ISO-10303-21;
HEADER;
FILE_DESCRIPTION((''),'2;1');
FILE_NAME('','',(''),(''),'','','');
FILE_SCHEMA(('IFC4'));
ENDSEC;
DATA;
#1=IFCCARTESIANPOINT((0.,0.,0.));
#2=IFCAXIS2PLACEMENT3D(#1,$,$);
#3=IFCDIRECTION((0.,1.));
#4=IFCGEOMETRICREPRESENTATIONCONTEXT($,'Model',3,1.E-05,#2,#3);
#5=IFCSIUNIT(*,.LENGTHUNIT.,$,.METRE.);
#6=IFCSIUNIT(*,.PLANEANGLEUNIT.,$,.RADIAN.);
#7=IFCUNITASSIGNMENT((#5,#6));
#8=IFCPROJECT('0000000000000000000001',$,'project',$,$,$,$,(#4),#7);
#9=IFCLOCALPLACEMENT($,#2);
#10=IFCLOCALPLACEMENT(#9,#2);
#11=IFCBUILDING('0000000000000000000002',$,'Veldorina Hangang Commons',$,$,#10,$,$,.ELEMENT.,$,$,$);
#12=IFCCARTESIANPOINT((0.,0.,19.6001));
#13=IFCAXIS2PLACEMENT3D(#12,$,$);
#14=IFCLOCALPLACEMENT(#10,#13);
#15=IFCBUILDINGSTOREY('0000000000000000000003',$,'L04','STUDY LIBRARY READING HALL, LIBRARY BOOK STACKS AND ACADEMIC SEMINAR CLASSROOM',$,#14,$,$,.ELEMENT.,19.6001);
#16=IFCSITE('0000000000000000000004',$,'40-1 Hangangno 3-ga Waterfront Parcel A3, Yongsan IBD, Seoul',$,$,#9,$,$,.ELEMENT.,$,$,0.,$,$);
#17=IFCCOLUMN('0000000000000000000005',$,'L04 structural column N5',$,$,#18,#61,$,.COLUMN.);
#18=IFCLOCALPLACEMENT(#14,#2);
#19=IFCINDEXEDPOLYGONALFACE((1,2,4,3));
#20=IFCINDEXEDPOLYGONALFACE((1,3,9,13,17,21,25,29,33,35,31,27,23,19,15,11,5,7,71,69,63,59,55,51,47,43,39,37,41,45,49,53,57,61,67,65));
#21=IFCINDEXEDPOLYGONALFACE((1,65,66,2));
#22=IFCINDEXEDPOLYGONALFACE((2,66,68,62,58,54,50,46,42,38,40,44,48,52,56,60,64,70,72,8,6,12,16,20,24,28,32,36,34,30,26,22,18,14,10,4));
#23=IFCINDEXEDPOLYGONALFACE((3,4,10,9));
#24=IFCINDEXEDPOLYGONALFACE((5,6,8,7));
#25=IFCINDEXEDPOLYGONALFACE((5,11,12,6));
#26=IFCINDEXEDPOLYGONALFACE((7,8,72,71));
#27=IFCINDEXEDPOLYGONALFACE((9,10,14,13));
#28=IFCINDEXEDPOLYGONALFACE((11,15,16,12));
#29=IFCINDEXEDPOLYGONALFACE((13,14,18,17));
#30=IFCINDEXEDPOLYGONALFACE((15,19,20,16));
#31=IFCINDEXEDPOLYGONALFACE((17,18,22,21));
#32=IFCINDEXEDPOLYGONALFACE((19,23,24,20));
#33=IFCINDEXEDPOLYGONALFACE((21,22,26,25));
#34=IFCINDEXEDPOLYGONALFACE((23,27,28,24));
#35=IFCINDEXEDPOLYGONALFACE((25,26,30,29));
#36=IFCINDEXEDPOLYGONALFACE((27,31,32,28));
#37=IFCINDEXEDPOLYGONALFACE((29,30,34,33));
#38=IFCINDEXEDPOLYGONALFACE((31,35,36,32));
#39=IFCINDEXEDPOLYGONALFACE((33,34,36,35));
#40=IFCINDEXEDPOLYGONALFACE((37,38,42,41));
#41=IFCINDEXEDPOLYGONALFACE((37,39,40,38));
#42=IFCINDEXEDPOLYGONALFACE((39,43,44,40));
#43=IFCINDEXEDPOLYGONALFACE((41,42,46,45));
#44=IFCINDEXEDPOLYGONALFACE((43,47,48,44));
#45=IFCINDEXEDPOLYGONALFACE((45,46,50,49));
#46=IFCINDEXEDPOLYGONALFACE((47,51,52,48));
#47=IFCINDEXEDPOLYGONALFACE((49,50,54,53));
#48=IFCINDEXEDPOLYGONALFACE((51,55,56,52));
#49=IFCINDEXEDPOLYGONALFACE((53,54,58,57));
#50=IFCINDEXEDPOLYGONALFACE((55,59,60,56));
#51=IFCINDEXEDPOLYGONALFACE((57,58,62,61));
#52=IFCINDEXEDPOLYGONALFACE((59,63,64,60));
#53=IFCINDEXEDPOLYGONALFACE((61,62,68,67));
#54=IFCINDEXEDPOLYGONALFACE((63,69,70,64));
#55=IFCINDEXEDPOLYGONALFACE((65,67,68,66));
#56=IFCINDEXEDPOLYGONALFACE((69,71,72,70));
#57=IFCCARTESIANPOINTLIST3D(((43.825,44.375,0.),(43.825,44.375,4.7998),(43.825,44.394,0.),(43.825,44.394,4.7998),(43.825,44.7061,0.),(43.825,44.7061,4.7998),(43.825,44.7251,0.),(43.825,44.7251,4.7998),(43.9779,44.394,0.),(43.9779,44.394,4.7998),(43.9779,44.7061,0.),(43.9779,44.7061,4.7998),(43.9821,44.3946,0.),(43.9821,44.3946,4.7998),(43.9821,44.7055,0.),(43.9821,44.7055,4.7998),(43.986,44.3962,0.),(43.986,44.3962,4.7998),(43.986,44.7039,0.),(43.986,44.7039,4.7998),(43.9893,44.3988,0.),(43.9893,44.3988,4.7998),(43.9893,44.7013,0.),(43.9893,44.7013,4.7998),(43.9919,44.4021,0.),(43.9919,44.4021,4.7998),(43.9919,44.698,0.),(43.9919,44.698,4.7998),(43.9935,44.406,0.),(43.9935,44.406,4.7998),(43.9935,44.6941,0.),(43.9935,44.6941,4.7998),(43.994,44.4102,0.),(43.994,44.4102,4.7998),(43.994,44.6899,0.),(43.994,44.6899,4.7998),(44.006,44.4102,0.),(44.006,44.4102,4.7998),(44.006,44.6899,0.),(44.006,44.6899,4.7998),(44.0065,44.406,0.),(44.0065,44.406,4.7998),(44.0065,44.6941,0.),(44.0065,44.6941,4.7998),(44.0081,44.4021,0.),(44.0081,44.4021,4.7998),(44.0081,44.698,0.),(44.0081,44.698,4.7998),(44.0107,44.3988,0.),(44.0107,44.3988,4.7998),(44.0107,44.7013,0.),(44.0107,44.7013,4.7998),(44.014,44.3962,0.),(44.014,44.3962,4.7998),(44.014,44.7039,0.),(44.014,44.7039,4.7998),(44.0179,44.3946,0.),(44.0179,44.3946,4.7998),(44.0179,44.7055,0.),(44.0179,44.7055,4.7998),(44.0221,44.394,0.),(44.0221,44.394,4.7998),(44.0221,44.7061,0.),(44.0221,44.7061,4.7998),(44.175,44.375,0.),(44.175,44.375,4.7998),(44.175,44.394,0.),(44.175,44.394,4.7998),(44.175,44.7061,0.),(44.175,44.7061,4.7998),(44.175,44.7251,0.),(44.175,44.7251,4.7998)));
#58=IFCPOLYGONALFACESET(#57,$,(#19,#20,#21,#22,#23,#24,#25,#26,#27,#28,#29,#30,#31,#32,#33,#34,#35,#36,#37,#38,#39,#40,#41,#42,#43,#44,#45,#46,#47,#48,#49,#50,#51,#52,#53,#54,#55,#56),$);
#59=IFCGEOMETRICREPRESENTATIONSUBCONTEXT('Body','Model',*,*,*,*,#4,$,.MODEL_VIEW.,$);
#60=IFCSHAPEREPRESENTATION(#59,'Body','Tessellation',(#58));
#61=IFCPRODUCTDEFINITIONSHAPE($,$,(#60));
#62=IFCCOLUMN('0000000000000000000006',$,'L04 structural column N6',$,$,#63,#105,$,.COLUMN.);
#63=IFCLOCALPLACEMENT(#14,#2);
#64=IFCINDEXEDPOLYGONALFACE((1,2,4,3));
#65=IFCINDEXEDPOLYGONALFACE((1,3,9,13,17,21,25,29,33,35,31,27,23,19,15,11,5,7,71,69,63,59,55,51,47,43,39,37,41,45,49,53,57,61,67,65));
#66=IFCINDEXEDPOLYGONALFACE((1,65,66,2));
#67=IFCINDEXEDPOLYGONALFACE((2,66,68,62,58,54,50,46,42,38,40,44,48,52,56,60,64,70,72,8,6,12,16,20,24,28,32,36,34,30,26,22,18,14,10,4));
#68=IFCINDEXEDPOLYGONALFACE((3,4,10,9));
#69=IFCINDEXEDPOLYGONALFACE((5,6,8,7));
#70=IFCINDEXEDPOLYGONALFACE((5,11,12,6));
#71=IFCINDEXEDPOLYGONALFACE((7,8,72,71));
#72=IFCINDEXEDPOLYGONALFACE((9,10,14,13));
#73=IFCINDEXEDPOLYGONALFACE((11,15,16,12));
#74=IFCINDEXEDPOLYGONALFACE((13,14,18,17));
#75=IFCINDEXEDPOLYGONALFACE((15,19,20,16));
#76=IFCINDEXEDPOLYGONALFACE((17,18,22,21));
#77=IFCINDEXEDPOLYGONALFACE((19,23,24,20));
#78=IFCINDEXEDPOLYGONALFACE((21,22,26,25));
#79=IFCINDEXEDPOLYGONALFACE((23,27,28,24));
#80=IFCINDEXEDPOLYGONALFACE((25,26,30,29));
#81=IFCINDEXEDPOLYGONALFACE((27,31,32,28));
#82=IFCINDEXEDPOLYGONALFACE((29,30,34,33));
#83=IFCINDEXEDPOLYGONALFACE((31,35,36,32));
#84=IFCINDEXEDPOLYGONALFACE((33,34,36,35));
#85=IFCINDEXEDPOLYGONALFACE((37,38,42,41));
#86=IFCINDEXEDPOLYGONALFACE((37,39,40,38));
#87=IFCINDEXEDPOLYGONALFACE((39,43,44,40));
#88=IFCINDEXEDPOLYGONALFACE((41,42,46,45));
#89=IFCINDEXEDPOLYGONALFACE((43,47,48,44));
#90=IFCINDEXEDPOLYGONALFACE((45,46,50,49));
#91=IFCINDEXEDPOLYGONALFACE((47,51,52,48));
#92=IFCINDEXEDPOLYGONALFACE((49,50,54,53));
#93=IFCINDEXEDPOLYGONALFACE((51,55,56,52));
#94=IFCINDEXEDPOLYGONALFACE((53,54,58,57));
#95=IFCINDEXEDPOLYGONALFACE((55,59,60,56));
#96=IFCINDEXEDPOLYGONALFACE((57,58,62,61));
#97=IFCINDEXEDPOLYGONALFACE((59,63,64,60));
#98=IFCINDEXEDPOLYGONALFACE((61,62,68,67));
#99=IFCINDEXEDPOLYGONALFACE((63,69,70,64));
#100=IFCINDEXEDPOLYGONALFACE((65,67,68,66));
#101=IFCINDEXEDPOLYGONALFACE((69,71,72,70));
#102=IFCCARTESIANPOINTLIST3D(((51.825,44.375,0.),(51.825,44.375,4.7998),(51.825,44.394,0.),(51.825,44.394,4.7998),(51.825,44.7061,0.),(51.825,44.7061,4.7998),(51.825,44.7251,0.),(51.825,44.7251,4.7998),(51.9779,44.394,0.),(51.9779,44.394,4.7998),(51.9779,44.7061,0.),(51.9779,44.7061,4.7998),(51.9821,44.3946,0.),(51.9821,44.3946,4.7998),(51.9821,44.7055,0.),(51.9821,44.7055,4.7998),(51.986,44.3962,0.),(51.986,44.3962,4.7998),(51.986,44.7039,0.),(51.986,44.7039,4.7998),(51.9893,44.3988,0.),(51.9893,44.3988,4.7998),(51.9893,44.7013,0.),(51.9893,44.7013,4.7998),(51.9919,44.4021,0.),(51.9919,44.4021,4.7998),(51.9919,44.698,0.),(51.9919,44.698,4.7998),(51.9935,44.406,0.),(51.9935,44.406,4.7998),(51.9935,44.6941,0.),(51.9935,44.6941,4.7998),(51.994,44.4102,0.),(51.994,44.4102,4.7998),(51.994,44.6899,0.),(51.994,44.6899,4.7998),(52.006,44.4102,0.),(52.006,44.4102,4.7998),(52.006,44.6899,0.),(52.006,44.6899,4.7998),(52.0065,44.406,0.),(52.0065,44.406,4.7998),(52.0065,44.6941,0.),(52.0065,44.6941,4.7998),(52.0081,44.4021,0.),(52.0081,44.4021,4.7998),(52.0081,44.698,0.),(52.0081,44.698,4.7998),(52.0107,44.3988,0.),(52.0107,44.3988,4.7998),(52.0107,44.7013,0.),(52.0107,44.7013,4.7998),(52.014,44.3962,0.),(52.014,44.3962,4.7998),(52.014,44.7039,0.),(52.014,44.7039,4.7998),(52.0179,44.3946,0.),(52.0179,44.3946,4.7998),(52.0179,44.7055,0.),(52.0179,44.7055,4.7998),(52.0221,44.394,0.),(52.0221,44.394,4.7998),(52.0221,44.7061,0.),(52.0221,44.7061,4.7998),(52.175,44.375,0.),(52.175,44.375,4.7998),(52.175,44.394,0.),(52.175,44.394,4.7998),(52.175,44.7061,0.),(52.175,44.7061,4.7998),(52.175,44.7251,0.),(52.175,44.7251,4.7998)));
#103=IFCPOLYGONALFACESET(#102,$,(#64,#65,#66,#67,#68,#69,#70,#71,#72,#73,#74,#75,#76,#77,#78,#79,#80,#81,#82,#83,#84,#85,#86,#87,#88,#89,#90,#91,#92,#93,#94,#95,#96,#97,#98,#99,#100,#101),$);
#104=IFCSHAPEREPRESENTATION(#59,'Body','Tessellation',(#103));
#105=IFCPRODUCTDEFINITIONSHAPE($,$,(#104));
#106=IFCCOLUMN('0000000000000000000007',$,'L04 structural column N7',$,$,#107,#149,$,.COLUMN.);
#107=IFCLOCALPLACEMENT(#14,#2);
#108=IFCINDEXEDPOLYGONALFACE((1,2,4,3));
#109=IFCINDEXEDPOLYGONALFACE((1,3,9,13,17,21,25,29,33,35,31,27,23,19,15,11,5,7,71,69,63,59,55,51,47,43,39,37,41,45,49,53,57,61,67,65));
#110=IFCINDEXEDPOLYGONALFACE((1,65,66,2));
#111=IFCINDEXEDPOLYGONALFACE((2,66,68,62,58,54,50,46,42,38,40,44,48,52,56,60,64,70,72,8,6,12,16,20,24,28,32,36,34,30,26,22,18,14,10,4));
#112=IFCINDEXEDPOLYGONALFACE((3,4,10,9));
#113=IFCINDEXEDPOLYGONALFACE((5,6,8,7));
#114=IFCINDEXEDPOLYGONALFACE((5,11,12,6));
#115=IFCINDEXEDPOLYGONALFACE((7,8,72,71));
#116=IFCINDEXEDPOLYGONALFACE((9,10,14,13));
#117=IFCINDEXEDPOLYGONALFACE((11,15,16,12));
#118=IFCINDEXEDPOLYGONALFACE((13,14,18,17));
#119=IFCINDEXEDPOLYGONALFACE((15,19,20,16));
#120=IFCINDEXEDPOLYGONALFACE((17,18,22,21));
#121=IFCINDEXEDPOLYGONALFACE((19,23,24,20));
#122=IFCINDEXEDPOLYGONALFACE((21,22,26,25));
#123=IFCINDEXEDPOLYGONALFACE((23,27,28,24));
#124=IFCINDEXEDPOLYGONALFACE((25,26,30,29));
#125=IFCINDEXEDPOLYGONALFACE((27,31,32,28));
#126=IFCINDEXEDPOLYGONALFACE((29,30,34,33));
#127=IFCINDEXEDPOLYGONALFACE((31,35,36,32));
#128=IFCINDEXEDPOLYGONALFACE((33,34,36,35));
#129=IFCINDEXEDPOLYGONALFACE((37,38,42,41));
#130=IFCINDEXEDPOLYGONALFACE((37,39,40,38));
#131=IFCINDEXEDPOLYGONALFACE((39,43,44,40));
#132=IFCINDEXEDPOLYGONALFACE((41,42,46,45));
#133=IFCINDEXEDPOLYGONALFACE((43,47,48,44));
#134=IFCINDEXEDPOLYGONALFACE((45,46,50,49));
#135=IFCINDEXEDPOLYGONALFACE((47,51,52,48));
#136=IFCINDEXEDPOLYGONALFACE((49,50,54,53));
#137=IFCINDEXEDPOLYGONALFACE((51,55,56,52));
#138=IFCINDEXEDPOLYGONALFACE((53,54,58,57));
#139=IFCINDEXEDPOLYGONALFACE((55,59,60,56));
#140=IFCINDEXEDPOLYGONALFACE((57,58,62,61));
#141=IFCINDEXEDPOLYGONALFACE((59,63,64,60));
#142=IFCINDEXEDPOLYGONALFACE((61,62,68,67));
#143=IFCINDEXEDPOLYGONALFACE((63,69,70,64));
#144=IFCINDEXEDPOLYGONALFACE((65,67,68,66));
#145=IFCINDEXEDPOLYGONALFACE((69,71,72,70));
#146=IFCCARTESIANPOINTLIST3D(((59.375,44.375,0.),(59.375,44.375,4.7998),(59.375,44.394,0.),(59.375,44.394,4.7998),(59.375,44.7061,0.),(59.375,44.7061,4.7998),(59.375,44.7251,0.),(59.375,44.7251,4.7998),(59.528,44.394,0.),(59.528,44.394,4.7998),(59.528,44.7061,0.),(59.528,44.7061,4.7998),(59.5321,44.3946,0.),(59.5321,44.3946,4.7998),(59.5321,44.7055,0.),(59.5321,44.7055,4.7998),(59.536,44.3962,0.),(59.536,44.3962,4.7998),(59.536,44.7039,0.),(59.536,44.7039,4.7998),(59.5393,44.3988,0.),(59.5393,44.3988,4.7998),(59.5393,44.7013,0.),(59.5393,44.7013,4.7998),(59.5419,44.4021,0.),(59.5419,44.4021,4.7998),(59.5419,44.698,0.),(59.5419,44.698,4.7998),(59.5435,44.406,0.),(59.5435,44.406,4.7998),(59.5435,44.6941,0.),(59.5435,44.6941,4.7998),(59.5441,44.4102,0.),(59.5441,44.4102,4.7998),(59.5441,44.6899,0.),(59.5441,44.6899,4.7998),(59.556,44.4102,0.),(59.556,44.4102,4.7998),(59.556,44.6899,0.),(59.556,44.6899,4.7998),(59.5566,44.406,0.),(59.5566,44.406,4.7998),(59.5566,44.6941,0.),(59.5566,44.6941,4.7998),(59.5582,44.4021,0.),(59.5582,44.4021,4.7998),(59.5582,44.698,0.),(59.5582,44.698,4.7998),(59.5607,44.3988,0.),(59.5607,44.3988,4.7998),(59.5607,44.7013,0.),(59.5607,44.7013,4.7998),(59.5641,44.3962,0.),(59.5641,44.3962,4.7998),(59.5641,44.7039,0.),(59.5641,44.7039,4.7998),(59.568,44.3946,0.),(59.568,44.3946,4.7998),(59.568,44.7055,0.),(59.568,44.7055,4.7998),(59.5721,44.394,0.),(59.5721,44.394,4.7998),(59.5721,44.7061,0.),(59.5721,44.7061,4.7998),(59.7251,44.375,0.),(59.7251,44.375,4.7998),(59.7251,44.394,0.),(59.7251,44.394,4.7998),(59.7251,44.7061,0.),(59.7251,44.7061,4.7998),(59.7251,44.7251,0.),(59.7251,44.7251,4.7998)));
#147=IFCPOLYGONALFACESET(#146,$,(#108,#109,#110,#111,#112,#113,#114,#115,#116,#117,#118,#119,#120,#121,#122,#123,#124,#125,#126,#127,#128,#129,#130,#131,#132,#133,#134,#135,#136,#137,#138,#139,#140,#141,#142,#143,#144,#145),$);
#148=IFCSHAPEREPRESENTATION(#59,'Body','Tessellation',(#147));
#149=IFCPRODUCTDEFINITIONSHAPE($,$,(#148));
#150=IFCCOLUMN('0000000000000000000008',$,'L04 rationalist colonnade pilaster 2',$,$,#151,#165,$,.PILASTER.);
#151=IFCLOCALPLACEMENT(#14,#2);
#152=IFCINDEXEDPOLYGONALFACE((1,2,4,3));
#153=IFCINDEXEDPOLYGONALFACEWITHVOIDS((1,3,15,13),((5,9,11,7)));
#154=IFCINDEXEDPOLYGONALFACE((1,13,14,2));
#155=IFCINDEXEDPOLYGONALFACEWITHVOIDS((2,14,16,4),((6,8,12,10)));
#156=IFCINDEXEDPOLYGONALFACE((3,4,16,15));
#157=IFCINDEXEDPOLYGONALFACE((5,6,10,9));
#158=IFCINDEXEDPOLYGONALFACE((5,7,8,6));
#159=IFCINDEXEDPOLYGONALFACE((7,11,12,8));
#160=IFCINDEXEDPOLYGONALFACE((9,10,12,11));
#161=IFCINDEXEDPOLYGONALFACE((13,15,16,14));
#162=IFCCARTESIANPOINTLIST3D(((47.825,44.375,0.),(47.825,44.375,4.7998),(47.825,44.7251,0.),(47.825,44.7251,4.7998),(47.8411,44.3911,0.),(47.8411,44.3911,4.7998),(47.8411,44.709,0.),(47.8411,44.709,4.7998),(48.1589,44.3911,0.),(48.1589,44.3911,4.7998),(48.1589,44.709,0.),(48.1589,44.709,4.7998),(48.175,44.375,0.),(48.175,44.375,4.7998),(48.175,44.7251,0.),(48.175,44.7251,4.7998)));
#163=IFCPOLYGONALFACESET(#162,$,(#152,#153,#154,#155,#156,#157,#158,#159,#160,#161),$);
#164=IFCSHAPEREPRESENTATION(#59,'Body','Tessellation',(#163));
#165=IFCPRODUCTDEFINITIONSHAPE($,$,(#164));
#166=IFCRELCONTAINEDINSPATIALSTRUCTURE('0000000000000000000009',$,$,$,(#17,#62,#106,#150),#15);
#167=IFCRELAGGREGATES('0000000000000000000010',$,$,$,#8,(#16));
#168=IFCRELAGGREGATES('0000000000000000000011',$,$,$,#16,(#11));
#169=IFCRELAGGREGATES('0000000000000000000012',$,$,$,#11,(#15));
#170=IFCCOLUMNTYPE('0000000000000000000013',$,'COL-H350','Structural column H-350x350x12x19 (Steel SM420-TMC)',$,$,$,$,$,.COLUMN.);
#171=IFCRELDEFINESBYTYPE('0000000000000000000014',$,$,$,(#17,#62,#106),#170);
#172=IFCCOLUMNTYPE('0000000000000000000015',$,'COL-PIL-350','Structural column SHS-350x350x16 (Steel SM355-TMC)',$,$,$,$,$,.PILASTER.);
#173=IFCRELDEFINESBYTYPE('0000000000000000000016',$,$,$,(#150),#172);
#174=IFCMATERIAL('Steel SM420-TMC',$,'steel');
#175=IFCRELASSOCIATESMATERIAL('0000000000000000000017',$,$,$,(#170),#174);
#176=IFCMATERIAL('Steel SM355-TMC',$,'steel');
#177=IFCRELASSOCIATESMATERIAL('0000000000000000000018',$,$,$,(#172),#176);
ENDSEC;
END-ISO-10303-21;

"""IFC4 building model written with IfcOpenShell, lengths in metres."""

from ifc_helpers import new_model, si_unit, direction, frame, origin, origin_2d, place, context, subcontext, project, spatial, hollow_rectangle, i_section, extrude, material, material_profile, profile_set, type_object, element, save


model = new_model("IFC4")

# Units and contexts
model_context = context("Model", 3, precision=1e-05, world=origin(), true_north=direction((0.0, 1.0)))
body_context = subcontext(model_context, "Body", "Model", "MODEL_VIEW")
ifc_project = project(units=[si_unit("LENGTHUNIT", "METRE"), si_unit("PLANEANGLEUNIT", "RADIAN")], contexts=[model_context])

# Site, building, storey
site_placement = place(None, origin())
site = spatial("IfcSite", under=ifc_project, at=site_placement, Name="40-1 Hangangno 3-ga Waterfront Parcel A3, Yongsan IBD, Seoul", CompositionType="ELEMENT", RefElevation=0.0)
building_placement = place(site_placement, origin())
building = spatial("IfcBuilding", under=site, at=building_placement, Name="Veldorina Hangang Commons", CompositionType="ELEMENT")
storey_placement = place(building_placement, frame((0.0, 0.0, 19.6001)))
storey = spatial("IfcBuildingStorey", under=building, at=storey_placement, Name="L04", Description="STUDY LIBRARY READING HALL, LIBRARY BOOK STACKS AND ACADEMIC SEMINAR CLASSROOM", CompositionType="ELEMENT", Elevation=19.6001)

# Columns
ifc_material_1 = material(Name="Steel SM420-TMC", Category="steel")
ifc_material_profile_1 = material_profile(ifc_material_1, i_section(OverallWidth=0.3501, OverallDepth=0.3501, WebThickness=0.012, FlangeThickness=0.019, FilletRadius=0.0161, at=origin_2d()), Name="H-350x350x12x19")
ifc_profile_set_1 = profile_set([ifc_material_profile_1], Name="Steel SM420-TMC")
column_type_1 = type_object("IfcColumnType", Name="COL-H350", Description="Structural column H-350x350x12x19 (Steel SM420-TMC)", PredefinedType="COLUMN", material=ifc_profile_set_1)
for number, where, z_axis, x_axis, name in (
    (1, (44.0, 44.55, 0.0), (0.0, 0.0, 1.0), (1.0, 0.0, 0.0), "L04 structural column N5"),
    (2, (52.0, 44.55, 0.0), (0.0, 0.0, 1.0), (1.0, 0.0, 0.0), "L04 structural column N6"),
    (3, (59.55, 44.55, 0.0), (0.0, 0.0, 1.0), (1.0, 0.0, 0.0), "L04 structural column N7"),
):
    element("IfcColumn", number, at=place(storey_placement, frame(where, z_axis=z_axis, x_axis=x_axis)), inside=storey, type_object=column_type_1, Name=name, PredefinedType="COLUMN", context=body_context, shape_type="SweptSolid", body=[
        extrude(i_section(OverallWidth=0.3501, OverallDepth=0.3501, WebThickness=0.012, FlangeThickness=0.019, FilletRadius=0.0161, at=origin_2d()), origin(), (0.0, 0.0, 1.0), 4.7998),
    ])
ifc_material_2 = material(Name="Steel SM355-TMC", Category="steel")
ifc_material_profile_2 = material_profile(ifc_material_2, hollow_rectangle(XDim=0.3501, YDim=0.3501, WallThickness=0.0161, at=origin_2d()), Name="SHS-350x350x16")
ifc_profile_set_2 = profile_set([ifc_material_profile_2], Name="Steel SM355-TMC")
column_type_2 = type_object("IfcColumnType", Name="COL-PIL-350", Description="Structural column SHS-350x350x16 (Steel SM355-TMC)", PredefinedType="PILASTER", material=ifc_profile_set_2)
column_placement = place(storey_placement, frame((48.0, 44.55, 0.0), z_axis=(0.0, 0.0, 1.0), x_axis=(1.0, 0.0, 0.0)))
element("IfcColumn", 4, at=column_placement, inside=storey, type_object=column_type_2, Name="L04 rationalist colonnade pilaster 2", PredefinedType="PILASTER", context=body_context, shape_type="SweptSolid", body=[
    extrude(hollow_rectangle(XDim=0.3501, YDim=0.3501, WallThickness=0.0161, at=origin_2d()), origin(), (0.0, 0.0, 1.0), 4.7998),
])

save(model, "model.ifc")
